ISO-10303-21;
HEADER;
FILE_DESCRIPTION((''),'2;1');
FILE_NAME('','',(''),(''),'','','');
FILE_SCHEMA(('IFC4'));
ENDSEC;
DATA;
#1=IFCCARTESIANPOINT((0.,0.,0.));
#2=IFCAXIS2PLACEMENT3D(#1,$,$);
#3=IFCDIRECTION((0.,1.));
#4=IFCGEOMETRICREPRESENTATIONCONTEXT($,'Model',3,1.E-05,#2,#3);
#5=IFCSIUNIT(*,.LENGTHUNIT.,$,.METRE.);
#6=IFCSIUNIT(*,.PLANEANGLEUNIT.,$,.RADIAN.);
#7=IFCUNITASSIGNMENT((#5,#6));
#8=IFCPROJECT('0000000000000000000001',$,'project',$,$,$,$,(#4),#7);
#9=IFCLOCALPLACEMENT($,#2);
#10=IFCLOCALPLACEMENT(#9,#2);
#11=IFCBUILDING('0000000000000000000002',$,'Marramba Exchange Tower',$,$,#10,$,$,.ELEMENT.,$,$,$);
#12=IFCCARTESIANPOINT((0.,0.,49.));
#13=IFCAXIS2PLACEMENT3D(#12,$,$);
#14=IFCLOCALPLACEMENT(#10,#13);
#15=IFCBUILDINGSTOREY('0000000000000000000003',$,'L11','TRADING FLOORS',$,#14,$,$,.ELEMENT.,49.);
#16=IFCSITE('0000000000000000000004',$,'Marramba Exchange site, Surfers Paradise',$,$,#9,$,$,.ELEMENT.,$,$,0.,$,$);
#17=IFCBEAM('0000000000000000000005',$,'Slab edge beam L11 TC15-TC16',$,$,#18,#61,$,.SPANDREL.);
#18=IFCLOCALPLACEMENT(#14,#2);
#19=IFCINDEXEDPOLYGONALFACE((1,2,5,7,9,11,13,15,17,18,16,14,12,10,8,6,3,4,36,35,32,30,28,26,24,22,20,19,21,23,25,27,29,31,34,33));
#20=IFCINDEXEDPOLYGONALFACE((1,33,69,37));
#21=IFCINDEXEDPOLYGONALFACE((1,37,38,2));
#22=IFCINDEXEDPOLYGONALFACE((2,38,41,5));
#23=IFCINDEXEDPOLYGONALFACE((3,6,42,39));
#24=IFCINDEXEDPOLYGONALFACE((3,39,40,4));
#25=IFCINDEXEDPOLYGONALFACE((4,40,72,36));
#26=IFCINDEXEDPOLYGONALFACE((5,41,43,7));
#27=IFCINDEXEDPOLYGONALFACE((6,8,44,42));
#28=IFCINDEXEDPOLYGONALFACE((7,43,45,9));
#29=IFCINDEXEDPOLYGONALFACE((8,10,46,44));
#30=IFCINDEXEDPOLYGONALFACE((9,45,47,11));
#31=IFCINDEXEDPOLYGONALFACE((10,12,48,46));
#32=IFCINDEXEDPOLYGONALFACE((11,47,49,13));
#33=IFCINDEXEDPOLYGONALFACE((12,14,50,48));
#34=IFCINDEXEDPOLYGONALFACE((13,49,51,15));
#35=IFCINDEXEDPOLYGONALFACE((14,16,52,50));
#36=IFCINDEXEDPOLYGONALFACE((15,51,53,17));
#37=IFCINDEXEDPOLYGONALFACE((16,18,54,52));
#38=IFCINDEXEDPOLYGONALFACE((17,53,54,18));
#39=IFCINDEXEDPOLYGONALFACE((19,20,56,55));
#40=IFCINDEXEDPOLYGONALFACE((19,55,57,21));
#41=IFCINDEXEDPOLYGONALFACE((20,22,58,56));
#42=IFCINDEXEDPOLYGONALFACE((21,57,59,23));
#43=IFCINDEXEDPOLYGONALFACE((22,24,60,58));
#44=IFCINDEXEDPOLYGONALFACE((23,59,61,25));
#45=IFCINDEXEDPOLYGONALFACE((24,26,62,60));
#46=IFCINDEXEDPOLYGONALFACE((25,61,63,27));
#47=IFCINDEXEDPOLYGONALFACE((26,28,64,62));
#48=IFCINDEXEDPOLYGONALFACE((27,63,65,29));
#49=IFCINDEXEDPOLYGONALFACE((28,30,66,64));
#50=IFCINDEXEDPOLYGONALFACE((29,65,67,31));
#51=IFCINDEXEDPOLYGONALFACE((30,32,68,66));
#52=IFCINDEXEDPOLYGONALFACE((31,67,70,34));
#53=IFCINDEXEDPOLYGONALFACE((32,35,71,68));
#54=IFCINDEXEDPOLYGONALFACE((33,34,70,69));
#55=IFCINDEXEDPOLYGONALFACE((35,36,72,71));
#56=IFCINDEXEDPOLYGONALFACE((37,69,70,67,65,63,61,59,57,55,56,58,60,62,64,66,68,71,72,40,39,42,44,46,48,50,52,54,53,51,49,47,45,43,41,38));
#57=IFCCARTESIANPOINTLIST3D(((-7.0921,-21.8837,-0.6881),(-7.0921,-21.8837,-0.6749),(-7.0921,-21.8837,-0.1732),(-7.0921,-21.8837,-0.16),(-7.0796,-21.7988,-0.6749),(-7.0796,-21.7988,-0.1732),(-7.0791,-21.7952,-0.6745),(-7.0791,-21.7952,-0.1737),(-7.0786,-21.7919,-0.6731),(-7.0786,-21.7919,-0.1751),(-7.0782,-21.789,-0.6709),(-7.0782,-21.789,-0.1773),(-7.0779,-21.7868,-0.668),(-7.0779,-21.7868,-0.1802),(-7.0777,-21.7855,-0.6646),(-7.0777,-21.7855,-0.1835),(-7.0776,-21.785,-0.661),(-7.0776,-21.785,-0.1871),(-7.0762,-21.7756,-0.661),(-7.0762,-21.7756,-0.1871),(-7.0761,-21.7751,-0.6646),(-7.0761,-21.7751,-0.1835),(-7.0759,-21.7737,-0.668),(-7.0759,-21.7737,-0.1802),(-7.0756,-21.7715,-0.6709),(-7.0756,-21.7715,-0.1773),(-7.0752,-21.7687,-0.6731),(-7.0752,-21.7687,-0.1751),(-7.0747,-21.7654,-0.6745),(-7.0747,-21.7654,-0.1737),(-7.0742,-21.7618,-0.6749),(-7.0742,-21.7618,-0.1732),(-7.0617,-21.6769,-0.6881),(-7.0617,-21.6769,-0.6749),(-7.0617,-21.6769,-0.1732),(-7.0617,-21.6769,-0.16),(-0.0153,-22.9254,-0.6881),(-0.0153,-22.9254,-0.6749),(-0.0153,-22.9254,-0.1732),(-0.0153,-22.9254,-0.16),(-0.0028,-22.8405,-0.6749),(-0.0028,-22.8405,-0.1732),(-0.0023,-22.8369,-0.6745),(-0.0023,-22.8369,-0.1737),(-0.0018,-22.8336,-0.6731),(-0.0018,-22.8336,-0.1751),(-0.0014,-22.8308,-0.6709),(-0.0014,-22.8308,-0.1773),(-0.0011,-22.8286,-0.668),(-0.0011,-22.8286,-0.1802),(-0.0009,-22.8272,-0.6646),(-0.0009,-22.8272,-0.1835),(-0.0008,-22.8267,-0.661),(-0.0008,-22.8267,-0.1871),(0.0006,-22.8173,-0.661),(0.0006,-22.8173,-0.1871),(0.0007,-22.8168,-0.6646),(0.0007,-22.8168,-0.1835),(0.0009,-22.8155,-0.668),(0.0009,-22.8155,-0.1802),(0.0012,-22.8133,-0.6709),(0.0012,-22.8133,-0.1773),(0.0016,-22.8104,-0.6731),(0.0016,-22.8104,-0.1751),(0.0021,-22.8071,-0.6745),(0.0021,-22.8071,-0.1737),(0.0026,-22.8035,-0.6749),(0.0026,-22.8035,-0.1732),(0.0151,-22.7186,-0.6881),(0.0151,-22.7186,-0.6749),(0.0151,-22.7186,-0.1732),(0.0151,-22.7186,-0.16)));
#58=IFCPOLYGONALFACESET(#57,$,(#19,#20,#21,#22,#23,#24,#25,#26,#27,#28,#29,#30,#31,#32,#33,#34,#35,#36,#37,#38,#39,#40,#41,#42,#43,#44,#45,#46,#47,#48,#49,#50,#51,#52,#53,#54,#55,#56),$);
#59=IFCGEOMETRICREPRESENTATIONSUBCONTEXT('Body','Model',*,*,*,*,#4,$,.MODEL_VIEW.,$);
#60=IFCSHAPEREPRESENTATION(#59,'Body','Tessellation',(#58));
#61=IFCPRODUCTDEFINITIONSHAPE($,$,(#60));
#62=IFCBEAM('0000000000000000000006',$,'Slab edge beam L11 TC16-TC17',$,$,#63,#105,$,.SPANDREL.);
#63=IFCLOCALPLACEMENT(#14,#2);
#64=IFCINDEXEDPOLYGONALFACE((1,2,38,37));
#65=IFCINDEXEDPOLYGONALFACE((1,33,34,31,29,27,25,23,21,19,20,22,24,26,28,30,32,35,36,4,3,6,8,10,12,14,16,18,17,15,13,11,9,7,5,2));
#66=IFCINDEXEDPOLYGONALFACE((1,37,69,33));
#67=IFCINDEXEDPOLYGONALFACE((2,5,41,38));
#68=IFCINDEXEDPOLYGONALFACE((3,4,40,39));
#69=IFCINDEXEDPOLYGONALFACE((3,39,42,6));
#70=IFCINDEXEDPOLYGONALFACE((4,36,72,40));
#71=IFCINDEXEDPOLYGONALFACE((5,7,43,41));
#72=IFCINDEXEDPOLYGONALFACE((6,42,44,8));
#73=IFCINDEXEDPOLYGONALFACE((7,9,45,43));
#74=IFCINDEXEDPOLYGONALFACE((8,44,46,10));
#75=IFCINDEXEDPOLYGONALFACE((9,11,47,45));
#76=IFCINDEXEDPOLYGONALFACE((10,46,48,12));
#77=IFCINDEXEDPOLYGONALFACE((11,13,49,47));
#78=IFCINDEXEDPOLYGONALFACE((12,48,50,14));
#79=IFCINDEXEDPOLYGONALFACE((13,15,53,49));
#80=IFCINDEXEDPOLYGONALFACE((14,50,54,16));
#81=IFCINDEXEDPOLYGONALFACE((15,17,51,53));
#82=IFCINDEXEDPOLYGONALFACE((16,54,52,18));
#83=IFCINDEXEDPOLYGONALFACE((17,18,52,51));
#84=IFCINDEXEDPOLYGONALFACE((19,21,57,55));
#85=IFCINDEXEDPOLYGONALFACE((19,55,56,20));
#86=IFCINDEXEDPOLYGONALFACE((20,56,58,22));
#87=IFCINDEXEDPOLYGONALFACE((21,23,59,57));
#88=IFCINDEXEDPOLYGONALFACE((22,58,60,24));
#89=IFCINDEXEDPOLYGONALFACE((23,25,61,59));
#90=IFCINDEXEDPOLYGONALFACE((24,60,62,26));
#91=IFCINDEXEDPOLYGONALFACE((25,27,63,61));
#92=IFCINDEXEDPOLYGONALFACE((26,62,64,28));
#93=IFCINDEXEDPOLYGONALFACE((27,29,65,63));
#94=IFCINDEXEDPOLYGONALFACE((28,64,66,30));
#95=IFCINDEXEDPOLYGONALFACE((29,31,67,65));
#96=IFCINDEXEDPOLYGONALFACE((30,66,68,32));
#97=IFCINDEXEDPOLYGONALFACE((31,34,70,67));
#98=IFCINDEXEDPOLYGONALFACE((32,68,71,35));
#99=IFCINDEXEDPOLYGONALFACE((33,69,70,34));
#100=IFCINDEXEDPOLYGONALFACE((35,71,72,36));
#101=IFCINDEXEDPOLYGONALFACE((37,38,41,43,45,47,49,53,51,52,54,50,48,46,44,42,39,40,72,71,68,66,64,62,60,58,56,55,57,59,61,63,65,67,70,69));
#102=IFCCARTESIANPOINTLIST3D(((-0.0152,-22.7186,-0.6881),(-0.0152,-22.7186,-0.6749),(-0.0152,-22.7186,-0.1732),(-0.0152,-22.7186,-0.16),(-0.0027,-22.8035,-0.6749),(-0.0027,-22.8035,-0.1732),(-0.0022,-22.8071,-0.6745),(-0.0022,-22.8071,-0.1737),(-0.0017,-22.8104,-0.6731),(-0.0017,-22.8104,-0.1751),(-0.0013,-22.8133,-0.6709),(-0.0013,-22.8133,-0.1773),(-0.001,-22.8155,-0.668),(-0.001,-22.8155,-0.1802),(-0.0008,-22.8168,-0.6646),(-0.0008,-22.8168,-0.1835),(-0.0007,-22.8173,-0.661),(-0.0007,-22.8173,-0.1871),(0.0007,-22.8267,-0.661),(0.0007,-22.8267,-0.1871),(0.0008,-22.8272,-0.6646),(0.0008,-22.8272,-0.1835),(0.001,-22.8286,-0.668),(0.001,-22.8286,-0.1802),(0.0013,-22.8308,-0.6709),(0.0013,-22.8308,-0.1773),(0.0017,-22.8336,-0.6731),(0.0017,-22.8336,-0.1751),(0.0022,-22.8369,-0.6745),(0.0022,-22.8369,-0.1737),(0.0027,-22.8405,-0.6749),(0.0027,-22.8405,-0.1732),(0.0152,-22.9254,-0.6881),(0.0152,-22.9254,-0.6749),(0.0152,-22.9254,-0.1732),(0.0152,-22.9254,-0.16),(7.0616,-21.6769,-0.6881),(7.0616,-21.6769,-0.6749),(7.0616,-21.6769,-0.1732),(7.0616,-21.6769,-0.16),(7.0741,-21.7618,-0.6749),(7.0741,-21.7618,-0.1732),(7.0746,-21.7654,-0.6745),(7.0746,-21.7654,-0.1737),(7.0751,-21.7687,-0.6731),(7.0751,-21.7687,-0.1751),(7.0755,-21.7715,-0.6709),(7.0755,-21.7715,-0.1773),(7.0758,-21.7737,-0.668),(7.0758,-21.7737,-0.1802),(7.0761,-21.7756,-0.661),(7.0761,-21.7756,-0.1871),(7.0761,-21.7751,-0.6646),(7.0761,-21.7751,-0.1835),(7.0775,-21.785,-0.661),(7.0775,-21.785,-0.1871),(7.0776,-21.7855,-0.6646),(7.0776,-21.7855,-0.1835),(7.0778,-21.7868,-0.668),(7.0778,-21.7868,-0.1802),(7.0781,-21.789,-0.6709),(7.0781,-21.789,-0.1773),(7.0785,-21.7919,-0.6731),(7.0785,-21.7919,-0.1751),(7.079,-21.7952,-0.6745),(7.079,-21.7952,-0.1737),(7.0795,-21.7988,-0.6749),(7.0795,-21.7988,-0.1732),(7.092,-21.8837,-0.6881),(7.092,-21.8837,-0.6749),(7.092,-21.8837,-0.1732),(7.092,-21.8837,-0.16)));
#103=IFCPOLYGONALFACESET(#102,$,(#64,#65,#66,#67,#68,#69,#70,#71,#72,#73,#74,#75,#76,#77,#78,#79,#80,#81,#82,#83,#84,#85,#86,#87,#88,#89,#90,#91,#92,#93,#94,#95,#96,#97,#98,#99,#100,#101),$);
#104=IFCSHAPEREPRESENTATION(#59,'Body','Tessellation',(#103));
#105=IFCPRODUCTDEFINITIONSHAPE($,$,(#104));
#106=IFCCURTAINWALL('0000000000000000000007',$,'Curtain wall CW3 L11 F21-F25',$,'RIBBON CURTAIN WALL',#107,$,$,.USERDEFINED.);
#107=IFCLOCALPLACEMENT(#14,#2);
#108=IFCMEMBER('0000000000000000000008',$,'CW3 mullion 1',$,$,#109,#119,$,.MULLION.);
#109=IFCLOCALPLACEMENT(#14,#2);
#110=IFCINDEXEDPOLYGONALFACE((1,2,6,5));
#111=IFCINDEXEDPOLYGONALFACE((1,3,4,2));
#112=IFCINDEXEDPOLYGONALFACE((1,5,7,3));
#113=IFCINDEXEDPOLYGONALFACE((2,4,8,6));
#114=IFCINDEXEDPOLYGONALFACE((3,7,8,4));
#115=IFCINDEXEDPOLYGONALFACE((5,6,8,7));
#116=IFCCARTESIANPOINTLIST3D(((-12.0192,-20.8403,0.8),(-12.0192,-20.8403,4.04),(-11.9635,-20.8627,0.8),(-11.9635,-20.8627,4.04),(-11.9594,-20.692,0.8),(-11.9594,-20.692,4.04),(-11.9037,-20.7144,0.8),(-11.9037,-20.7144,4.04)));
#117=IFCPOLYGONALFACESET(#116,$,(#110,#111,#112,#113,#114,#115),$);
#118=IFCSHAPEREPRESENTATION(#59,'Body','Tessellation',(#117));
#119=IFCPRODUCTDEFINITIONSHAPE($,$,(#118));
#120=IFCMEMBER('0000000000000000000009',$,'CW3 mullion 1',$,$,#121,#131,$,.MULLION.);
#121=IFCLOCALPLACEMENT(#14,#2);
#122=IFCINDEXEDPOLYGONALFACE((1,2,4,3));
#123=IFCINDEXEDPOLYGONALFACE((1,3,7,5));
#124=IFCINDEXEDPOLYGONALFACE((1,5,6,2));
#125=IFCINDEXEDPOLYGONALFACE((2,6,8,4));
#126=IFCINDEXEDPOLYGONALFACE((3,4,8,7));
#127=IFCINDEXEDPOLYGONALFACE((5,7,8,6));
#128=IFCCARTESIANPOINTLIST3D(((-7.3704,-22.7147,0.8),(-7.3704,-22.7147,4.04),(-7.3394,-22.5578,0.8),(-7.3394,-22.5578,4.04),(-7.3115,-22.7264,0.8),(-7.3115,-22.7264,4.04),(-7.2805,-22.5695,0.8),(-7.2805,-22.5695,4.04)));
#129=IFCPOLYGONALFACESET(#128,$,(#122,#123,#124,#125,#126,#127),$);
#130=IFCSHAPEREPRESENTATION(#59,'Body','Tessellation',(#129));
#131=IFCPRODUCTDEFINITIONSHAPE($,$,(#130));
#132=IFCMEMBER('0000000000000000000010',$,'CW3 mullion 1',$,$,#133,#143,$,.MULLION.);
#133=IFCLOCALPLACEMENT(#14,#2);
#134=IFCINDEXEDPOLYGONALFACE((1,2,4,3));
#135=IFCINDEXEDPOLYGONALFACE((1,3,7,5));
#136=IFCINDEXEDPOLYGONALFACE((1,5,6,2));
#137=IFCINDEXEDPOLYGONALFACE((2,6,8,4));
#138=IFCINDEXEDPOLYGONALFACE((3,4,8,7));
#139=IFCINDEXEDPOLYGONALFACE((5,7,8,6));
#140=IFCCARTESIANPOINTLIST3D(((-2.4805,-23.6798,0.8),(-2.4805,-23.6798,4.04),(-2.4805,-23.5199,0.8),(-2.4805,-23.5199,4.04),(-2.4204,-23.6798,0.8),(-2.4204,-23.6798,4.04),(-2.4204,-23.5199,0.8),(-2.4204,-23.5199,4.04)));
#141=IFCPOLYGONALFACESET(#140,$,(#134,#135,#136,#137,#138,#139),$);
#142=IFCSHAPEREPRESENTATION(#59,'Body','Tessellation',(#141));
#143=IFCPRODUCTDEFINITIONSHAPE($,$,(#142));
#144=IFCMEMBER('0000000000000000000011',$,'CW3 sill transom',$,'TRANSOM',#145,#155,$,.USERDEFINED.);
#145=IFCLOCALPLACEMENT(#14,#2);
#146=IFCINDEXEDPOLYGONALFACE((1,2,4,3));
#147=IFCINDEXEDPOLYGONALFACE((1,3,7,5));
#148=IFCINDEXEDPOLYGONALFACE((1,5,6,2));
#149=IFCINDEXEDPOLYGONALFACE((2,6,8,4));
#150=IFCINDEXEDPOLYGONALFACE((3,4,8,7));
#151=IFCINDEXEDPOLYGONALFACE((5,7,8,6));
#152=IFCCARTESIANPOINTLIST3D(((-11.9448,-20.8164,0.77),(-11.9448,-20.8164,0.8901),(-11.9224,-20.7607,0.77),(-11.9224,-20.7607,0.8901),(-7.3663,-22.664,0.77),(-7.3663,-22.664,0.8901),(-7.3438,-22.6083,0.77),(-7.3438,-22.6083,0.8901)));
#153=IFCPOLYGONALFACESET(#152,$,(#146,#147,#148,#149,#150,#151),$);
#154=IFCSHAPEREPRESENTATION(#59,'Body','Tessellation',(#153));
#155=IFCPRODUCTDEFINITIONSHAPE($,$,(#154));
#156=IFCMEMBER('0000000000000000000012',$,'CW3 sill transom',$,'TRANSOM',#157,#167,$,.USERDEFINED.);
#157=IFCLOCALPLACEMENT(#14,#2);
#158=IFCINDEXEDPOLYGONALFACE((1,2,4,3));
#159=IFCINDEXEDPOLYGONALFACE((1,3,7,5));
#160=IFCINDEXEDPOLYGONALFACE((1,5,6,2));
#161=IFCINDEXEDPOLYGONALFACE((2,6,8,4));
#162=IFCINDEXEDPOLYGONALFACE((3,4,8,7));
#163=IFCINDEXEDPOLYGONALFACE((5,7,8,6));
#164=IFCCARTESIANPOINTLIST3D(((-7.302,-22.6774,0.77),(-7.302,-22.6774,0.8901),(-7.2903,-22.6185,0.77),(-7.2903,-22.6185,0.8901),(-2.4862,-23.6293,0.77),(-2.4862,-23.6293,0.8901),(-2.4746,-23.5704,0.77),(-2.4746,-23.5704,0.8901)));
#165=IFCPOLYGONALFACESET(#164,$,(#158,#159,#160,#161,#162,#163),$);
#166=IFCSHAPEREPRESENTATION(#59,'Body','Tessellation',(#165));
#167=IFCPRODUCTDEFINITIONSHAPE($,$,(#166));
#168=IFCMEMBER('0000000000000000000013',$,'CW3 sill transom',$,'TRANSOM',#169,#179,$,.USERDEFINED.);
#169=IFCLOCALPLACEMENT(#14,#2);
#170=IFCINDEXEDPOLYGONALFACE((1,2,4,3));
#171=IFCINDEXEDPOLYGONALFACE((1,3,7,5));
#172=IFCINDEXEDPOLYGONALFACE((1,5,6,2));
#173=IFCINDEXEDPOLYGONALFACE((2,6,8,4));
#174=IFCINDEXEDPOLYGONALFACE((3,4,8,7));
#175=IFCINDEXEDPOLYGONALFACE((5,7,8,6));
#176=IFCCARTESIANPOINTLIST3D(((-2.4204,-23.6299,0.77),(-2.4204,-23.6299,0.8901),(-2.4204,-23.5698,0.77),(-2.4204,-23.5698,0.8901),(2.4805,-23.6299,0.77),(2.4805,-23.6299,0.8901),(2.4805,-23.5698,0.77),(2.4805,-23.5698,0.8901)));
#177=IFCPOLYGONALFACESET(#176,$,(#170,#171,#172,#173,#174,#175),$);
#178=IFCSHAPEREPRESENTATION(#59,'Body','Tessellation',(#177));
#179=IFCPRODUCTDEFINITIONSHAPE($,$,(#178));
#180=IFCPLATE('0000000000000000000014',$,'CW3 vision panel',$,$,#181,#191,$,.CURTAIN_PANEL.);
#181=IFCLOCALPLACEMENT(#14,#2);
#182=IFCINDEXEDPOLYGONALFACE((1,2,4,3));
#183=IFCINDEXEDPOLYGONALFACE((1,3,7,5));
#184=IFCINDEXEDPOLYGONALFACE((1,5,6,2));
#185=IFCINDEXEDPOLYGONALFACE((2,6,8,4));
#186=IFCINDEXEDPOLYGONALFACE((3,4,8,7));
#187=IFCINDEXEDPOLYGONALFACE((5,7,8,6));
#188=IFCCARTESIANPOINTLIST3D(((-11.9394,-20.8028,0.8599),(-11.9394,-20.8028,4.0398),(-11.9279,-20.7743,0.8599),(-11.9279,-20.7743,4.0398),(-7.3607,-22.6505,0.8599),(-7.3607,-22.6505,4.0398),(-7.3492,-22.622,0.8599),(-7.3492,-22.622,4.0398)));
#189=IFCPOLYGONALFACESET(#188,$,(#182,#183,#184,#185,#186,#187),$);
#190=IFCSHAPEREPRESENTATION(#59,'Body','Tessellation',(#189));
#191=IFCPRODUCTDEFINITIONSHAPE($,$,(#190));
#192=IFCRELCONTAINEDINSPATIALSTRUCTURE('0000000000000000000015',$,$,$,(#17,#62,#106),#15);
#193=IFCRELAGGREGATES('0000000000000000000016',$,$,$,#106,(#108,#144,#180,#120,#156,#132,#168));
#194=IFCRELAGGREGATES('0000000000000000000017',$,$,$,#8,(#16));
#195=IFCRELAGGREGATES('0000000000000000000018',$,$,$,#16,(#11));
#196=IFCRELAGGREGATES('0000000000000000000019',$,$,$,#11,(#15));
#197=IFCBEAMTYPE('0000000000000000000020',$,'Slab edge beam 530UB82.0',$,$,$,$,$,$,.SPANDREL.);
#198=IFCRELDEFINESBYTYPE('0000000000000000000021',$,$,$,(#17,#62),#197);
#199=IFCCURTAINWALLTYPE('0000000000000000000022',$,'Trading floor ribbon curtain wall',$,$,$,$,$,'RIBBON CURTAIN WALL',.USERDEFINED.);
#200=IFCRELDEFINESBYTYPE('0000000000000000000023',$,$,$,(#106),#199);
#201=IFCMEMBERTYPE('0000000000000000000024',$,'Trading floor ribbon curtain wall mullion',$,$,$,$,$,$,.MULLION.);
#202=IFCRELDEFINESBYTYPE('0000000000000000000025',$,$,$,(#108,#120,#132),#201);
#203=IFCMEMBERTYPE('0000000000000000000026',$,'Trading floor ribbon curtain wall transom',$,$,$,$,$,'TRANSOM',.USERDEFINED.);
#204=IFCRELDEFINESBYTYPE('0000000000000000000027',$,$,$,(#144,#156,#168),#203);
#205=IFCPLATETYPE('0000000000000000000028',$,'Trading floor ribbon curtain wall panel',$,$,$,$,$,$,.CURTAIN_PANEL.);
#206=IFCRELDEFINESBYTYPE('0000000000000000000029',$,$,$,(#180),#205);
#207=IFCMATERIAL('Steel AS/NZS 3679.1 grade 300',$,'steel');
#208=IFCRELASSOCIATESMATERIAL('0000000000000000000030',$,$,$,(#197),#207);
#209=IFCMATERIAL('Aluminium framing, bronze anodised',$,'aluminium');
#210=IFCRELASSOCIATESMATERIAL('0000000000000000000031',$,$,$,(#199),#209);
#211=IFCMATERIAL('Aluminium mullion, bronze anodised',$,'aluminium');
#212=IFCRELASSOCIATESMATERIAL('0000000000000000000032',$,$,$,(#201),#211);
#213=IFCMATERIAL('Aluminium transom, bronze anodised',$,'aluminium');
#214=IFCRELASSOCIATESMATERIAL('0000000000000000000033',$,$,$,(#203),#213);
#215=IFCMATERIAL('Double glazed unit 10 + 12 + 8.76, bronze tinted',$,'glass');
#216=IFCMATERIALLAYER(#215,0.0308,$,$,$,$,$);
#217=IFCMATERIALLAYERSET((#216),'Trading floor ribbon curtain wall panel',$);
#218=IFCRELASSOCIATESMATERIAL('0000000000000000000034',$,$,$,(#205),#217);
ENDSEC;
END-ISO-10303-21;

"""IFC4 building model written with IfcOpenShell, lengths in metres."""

from ifc_helpers import new_model, si_unit, direction, frame, origin, origin_2d, place, context, subcontext, project, spatial, rectangle, i_section, extrude, material, layer, layer_set, material_profile, profile_set, type_object, element, aggregate, save


model = new_model("IFC4")

# Units and contexts
model_context = context("Model", 3, precision=1e-05, world=origin(), true_north=direction((0.0, 1.0)))
body_context = subcontext(model_context, "Body", "Model", "MODEL_VIEW")
ifc_project = project(units=[si_unit("LENGTHUNIT", "METRE"), si_unit("PLANEANGLEUNIT", "RADIAN")], contexts=[model_context])

# Site, building, storey
site_placement = place(None, origin())
site = spatial("IfcSite", under=ifc_project, at=site_placement, Name="Marramba Exchange site, Surfers Paradise", CompositionType="ELEMENT", RefElevation=0.0)
building_placement = place(site_placement, origin())
building = spatial("IfcBuilding", under=site, at=building_placement, Name="Marramba Exchange Tower", CompositionType="ELEMENT")
storey_placement = place(building_placement, frame((0.0, 0.0, 49.0)))
storey = spatial("IfcBuildingStorey", under=building, at=storey_placement, Name="L11", Description="TRADING FLOORS", CompositionType="ELEMENT", Elevation=49.0)

# Beams
ifc_material_1 = material(Name="Steel AS/NZS 3679.1 grade 300", Category="steel")
ifc_material_profile_1 = material_profile(ifc_material_1, i_section(OverallWidth=0.209, OverallDepth=0.5281, WebThickness=0.0095, FlangeThickness=0.0132, FilletRadius=0.0139, at=origin_2d()), Name="530UB82.0")
ifc_profile_set_1 = profile_set([ifc_material_profile_1], Name="Steel AS/NZS 3679.1 grade 300")
beam_type_1 = type_object("IfcBeamType", Name="Slab edge beam 530UB82.0", PredefinedType="SPANDREL", material=ifc_profile_set_1)
for number, where, z_axis, x_axis, name in (
    (1, (-7.0769, -21.7803, -0.4241), (0.989338, -0.145634, 0.0), (0.145634, 0.989338, 0.0), "Slab edge beam L11 TC15-TC16"),
    (2, (0.0, -22.822, -0.4241), (0.989338, 0.145634, 0.0), (-0.145634, 0.989338, 0.0), "Slab edge beam L11 TC16-TC17"),
):
    element("IfcBeam", number, at=place(storey_placement, frame(where, z_axis=z_axis, x_axis=x_axis)), inside=storey, type_object=beam_type_1, Name=name, PredefinedType="SPANDREL", context=body_context, shape_type="SweptSolid", body=[
        extrude(i_section(OverallWidth=0.209, OverallDepth=0.5281, WebThickness=0.0095, FlangeThickness=0.0132, FilletRadius=0.0139, at=origin_2d()), origin(), (0.0, 0.0, 1.0), 7.1531),
    ])

# Curtain wall, members, plate
ifc_material_2 = material(Name="Aluminium framing, bronze anodised", Category="aluminium")
curtain_wall_type = type_object("IfcCurtainWallType", Name="Trading floor ribbon curtain wall", ElementType="RIBBON CURTAIN WALL", PredefinedType="USERDEFINED", material=ifc_material_2)
curtain_wall_placement = place(storey_placement, origin())
curtain_wall = element("IfcCurtainWall", 3, at=curtain_wall_placement, inside=storey, type_object=curtain_wall_type, Name="Curtain wall CW3 L11 F21-F25", ObjectType="RIBBON CURTAIN WALL", PredefinedType="USERDEFINED")
ifc_material_3 = material(Name="Aluminium mullion, bronze anodised", Category="aluminium")
ifc_material_profile_2 = material_profile(ifc_material_3, rectangle(XDim=0.1599, YDim=0.0601, at=origin_2d()), Name="CW3 mullion 60x160")
ifc_profile_set_2 = profile_set([ifc_material_profile_2], Name="Aluminium mullion, bronze anodised")
member_type_1 = type_object("IfcMemberType", Name="Trading floor ribbon curtain wall mullion", PredefinedType="MULLION", material=ifc_profile_set_2)
member_1_placement = place(storey_placement, frame((-11.9614, -20.7773, 0.8), z_axis=(0.0, 0.0, 1.0), x_axis=(0.374218, 0.927341, 0.0)))
member_1 = element("IfcMember", 4, at=member_1_placement, type_object=member_type_1, Name="CW3 mullion 1", PredefinedType="MULLION", context=body_context, shape_type="SweptSolid", body=[
    extrude(rectangle(XDim=0.1599, YDim=0.0601, at=origin_2d()), origin(), (0.0, 0.0, 1.0), 3.24),
])
member_2_placement = place(storey_placement, frame((-7.3254, -22.6421, 0.8), z_axis=(0.0, 0.0, 1.0), x_axis=(0.193961, 0.981009, 0.0)))
member_2 = element("IfcMember", 5, at=member_2_placement, type_object=member_type_1, Name="CW3 mullion 1", PredefinedType="MULLION", context=body_context, shape_type="SweptSolid", body=[
    extrude(rectangle(XDim=0.1599, YDim=0.0601, at=origin_2d()), origin(), (0.0, 0.0, 1.0), 3.24),
])
member_3_placement = place(storey_placement, frame((-2.4504, -23.5999, 0.8), z_axis=(0.0, 0.0, 1.0), x_axis=(0.0, 1.0, 0.0)))
member_3 = element("IfcMember", 6, at=member_3_placement, type_object=member_type_1, Name="CW3 mullion 1", PredefinedType="MULLION", context=body_context, shape_type="SweptSolid", body=[
    extrude(rectangle(XDim=0.1599, YDim=0.0601, at=origin_2d()), origin(), (0.0, 0.0, 1.0), 3.24),
])
ifc_material_4 = material(Name="Aluminium transom, bronze anodised", Category="aluminium")
ifc_material_profile_3 = material_profile(ifc_material_4, rectangle(XDim=0.0601, YDim=0.1201, at=origin_2d()), Name="CW3 transom 60x120")
ifc_profile_set_3 = profile_set([ifc_material_profile_3], Name="Aluminium transom, bronze anodised")
member_type_2 = type_object("IfcMemberType", Name="Trading floor ribbon curtain wall transom", ElementType="TRANSOM", PredefinedType="USERDEFINED", material=ifc_profile_set_3)
member_4_placement = place(storey_placement, frame((-11.9336, -20.7886, 0.8301), z_axis=(0.92734, -0.374219, 0.0), x_axis=(0.374219, 0.92734, 0.0)))
member_4 = element("IfcMember", 7, at=member_4_placement, type_object=member_type_2, Name="CW3 sill transom", ObjectType="TRANSOM", PredefinedType="USERDEFINED", context=body_context, shape_type="SweptSolid", body=[
    extrude(rectangle(XDim=0.0601, YDim=0.1201, at=origin_2d()), origin(), (0.0, 0.0, 1.0), 4.9373),
])
member_5_placement = place(storey_placement, frame((-7.2961, -22.6479, 0.8301), z_axis=(0.981018, -0.193916, 0.0), x_axis=(0.193916, 0.981018, 0.0)))
member_5 = element("IfcMember", 8, at=member_5_placement, type_object=member_type_2, Name="CW3 sill transom", ObjectType="TRANSOM", PredefinedType="USERDEFINED", context=body_context, shape_type="SweptSolid", body=[
    extrude(rectangle(XDim=0.0601, YDim=0.1201, at=origin_2d()), origin(), (0.0, 0.0, 1.0), 4.9089),
])
member_6_placement = place(storey_placement, frame((-2.4204, -23.5999, 0.8301), z_axis=(1.0, 0.0, 0.0), x_axis=(0.0, 1.0, 0.0)))
member_6 = element("IfcMember", 9, at=member_6_placement, type_object=member_type_2, Name="CW3 sill transom", ObjectType="TRANSOM", PredefinedType="USERDEFINED", context=body_context, shape_type="SweptSolid", body=[
    extrude(rectangle(XDim=0.0601, YDim=0.1201, at=origin_2d()), origin(), (0.0, 0.0, 1.0), 4.9009),
])
ifc_material_5 = material(Name="Double glazed unit 10 + 12 + 8.76, bronze tinted", Category="glass")
ifc_layer_1 = layer(ifc_material_5, 0.0308)
ifc_layer_set_1 = layer_set([ifc_layer_1], Name="Trading floor ribbon curtain wall panel")
plate_type = type_object("IfcPlateType", Name="Trading floor ribbon curtain wall panel", PredefinedType="CURTAIN_PANEL", material=ifc_layer_set_1)
plate_1_placement = place(storey_placement, frame((-9.6443, -21.7124, 0.8599), z_axis=(0.0, 0.0, 1.0), x_axis=(0.927341, -0.374218, 0.0)))
plate_1 = element("IfcPlate", 10, at=plate_1_placement, type_object=plate_type, Name="CW3 vision panel", PredefinedType="CURTAIN_PANEL", context=body_context, shape_type="SweptSolid", body=[
    extrude(rectangle(XDim=4.9375, YDim=0.0308, at=origin_2d()), origin(), (0.0, 0.0, 1.0), 3.1799),
])
aggregate(curtain_wall, [member_1, member_4, plate_1, member_2, member_5, member_3, member_6])

save(model, "model.ifc")
